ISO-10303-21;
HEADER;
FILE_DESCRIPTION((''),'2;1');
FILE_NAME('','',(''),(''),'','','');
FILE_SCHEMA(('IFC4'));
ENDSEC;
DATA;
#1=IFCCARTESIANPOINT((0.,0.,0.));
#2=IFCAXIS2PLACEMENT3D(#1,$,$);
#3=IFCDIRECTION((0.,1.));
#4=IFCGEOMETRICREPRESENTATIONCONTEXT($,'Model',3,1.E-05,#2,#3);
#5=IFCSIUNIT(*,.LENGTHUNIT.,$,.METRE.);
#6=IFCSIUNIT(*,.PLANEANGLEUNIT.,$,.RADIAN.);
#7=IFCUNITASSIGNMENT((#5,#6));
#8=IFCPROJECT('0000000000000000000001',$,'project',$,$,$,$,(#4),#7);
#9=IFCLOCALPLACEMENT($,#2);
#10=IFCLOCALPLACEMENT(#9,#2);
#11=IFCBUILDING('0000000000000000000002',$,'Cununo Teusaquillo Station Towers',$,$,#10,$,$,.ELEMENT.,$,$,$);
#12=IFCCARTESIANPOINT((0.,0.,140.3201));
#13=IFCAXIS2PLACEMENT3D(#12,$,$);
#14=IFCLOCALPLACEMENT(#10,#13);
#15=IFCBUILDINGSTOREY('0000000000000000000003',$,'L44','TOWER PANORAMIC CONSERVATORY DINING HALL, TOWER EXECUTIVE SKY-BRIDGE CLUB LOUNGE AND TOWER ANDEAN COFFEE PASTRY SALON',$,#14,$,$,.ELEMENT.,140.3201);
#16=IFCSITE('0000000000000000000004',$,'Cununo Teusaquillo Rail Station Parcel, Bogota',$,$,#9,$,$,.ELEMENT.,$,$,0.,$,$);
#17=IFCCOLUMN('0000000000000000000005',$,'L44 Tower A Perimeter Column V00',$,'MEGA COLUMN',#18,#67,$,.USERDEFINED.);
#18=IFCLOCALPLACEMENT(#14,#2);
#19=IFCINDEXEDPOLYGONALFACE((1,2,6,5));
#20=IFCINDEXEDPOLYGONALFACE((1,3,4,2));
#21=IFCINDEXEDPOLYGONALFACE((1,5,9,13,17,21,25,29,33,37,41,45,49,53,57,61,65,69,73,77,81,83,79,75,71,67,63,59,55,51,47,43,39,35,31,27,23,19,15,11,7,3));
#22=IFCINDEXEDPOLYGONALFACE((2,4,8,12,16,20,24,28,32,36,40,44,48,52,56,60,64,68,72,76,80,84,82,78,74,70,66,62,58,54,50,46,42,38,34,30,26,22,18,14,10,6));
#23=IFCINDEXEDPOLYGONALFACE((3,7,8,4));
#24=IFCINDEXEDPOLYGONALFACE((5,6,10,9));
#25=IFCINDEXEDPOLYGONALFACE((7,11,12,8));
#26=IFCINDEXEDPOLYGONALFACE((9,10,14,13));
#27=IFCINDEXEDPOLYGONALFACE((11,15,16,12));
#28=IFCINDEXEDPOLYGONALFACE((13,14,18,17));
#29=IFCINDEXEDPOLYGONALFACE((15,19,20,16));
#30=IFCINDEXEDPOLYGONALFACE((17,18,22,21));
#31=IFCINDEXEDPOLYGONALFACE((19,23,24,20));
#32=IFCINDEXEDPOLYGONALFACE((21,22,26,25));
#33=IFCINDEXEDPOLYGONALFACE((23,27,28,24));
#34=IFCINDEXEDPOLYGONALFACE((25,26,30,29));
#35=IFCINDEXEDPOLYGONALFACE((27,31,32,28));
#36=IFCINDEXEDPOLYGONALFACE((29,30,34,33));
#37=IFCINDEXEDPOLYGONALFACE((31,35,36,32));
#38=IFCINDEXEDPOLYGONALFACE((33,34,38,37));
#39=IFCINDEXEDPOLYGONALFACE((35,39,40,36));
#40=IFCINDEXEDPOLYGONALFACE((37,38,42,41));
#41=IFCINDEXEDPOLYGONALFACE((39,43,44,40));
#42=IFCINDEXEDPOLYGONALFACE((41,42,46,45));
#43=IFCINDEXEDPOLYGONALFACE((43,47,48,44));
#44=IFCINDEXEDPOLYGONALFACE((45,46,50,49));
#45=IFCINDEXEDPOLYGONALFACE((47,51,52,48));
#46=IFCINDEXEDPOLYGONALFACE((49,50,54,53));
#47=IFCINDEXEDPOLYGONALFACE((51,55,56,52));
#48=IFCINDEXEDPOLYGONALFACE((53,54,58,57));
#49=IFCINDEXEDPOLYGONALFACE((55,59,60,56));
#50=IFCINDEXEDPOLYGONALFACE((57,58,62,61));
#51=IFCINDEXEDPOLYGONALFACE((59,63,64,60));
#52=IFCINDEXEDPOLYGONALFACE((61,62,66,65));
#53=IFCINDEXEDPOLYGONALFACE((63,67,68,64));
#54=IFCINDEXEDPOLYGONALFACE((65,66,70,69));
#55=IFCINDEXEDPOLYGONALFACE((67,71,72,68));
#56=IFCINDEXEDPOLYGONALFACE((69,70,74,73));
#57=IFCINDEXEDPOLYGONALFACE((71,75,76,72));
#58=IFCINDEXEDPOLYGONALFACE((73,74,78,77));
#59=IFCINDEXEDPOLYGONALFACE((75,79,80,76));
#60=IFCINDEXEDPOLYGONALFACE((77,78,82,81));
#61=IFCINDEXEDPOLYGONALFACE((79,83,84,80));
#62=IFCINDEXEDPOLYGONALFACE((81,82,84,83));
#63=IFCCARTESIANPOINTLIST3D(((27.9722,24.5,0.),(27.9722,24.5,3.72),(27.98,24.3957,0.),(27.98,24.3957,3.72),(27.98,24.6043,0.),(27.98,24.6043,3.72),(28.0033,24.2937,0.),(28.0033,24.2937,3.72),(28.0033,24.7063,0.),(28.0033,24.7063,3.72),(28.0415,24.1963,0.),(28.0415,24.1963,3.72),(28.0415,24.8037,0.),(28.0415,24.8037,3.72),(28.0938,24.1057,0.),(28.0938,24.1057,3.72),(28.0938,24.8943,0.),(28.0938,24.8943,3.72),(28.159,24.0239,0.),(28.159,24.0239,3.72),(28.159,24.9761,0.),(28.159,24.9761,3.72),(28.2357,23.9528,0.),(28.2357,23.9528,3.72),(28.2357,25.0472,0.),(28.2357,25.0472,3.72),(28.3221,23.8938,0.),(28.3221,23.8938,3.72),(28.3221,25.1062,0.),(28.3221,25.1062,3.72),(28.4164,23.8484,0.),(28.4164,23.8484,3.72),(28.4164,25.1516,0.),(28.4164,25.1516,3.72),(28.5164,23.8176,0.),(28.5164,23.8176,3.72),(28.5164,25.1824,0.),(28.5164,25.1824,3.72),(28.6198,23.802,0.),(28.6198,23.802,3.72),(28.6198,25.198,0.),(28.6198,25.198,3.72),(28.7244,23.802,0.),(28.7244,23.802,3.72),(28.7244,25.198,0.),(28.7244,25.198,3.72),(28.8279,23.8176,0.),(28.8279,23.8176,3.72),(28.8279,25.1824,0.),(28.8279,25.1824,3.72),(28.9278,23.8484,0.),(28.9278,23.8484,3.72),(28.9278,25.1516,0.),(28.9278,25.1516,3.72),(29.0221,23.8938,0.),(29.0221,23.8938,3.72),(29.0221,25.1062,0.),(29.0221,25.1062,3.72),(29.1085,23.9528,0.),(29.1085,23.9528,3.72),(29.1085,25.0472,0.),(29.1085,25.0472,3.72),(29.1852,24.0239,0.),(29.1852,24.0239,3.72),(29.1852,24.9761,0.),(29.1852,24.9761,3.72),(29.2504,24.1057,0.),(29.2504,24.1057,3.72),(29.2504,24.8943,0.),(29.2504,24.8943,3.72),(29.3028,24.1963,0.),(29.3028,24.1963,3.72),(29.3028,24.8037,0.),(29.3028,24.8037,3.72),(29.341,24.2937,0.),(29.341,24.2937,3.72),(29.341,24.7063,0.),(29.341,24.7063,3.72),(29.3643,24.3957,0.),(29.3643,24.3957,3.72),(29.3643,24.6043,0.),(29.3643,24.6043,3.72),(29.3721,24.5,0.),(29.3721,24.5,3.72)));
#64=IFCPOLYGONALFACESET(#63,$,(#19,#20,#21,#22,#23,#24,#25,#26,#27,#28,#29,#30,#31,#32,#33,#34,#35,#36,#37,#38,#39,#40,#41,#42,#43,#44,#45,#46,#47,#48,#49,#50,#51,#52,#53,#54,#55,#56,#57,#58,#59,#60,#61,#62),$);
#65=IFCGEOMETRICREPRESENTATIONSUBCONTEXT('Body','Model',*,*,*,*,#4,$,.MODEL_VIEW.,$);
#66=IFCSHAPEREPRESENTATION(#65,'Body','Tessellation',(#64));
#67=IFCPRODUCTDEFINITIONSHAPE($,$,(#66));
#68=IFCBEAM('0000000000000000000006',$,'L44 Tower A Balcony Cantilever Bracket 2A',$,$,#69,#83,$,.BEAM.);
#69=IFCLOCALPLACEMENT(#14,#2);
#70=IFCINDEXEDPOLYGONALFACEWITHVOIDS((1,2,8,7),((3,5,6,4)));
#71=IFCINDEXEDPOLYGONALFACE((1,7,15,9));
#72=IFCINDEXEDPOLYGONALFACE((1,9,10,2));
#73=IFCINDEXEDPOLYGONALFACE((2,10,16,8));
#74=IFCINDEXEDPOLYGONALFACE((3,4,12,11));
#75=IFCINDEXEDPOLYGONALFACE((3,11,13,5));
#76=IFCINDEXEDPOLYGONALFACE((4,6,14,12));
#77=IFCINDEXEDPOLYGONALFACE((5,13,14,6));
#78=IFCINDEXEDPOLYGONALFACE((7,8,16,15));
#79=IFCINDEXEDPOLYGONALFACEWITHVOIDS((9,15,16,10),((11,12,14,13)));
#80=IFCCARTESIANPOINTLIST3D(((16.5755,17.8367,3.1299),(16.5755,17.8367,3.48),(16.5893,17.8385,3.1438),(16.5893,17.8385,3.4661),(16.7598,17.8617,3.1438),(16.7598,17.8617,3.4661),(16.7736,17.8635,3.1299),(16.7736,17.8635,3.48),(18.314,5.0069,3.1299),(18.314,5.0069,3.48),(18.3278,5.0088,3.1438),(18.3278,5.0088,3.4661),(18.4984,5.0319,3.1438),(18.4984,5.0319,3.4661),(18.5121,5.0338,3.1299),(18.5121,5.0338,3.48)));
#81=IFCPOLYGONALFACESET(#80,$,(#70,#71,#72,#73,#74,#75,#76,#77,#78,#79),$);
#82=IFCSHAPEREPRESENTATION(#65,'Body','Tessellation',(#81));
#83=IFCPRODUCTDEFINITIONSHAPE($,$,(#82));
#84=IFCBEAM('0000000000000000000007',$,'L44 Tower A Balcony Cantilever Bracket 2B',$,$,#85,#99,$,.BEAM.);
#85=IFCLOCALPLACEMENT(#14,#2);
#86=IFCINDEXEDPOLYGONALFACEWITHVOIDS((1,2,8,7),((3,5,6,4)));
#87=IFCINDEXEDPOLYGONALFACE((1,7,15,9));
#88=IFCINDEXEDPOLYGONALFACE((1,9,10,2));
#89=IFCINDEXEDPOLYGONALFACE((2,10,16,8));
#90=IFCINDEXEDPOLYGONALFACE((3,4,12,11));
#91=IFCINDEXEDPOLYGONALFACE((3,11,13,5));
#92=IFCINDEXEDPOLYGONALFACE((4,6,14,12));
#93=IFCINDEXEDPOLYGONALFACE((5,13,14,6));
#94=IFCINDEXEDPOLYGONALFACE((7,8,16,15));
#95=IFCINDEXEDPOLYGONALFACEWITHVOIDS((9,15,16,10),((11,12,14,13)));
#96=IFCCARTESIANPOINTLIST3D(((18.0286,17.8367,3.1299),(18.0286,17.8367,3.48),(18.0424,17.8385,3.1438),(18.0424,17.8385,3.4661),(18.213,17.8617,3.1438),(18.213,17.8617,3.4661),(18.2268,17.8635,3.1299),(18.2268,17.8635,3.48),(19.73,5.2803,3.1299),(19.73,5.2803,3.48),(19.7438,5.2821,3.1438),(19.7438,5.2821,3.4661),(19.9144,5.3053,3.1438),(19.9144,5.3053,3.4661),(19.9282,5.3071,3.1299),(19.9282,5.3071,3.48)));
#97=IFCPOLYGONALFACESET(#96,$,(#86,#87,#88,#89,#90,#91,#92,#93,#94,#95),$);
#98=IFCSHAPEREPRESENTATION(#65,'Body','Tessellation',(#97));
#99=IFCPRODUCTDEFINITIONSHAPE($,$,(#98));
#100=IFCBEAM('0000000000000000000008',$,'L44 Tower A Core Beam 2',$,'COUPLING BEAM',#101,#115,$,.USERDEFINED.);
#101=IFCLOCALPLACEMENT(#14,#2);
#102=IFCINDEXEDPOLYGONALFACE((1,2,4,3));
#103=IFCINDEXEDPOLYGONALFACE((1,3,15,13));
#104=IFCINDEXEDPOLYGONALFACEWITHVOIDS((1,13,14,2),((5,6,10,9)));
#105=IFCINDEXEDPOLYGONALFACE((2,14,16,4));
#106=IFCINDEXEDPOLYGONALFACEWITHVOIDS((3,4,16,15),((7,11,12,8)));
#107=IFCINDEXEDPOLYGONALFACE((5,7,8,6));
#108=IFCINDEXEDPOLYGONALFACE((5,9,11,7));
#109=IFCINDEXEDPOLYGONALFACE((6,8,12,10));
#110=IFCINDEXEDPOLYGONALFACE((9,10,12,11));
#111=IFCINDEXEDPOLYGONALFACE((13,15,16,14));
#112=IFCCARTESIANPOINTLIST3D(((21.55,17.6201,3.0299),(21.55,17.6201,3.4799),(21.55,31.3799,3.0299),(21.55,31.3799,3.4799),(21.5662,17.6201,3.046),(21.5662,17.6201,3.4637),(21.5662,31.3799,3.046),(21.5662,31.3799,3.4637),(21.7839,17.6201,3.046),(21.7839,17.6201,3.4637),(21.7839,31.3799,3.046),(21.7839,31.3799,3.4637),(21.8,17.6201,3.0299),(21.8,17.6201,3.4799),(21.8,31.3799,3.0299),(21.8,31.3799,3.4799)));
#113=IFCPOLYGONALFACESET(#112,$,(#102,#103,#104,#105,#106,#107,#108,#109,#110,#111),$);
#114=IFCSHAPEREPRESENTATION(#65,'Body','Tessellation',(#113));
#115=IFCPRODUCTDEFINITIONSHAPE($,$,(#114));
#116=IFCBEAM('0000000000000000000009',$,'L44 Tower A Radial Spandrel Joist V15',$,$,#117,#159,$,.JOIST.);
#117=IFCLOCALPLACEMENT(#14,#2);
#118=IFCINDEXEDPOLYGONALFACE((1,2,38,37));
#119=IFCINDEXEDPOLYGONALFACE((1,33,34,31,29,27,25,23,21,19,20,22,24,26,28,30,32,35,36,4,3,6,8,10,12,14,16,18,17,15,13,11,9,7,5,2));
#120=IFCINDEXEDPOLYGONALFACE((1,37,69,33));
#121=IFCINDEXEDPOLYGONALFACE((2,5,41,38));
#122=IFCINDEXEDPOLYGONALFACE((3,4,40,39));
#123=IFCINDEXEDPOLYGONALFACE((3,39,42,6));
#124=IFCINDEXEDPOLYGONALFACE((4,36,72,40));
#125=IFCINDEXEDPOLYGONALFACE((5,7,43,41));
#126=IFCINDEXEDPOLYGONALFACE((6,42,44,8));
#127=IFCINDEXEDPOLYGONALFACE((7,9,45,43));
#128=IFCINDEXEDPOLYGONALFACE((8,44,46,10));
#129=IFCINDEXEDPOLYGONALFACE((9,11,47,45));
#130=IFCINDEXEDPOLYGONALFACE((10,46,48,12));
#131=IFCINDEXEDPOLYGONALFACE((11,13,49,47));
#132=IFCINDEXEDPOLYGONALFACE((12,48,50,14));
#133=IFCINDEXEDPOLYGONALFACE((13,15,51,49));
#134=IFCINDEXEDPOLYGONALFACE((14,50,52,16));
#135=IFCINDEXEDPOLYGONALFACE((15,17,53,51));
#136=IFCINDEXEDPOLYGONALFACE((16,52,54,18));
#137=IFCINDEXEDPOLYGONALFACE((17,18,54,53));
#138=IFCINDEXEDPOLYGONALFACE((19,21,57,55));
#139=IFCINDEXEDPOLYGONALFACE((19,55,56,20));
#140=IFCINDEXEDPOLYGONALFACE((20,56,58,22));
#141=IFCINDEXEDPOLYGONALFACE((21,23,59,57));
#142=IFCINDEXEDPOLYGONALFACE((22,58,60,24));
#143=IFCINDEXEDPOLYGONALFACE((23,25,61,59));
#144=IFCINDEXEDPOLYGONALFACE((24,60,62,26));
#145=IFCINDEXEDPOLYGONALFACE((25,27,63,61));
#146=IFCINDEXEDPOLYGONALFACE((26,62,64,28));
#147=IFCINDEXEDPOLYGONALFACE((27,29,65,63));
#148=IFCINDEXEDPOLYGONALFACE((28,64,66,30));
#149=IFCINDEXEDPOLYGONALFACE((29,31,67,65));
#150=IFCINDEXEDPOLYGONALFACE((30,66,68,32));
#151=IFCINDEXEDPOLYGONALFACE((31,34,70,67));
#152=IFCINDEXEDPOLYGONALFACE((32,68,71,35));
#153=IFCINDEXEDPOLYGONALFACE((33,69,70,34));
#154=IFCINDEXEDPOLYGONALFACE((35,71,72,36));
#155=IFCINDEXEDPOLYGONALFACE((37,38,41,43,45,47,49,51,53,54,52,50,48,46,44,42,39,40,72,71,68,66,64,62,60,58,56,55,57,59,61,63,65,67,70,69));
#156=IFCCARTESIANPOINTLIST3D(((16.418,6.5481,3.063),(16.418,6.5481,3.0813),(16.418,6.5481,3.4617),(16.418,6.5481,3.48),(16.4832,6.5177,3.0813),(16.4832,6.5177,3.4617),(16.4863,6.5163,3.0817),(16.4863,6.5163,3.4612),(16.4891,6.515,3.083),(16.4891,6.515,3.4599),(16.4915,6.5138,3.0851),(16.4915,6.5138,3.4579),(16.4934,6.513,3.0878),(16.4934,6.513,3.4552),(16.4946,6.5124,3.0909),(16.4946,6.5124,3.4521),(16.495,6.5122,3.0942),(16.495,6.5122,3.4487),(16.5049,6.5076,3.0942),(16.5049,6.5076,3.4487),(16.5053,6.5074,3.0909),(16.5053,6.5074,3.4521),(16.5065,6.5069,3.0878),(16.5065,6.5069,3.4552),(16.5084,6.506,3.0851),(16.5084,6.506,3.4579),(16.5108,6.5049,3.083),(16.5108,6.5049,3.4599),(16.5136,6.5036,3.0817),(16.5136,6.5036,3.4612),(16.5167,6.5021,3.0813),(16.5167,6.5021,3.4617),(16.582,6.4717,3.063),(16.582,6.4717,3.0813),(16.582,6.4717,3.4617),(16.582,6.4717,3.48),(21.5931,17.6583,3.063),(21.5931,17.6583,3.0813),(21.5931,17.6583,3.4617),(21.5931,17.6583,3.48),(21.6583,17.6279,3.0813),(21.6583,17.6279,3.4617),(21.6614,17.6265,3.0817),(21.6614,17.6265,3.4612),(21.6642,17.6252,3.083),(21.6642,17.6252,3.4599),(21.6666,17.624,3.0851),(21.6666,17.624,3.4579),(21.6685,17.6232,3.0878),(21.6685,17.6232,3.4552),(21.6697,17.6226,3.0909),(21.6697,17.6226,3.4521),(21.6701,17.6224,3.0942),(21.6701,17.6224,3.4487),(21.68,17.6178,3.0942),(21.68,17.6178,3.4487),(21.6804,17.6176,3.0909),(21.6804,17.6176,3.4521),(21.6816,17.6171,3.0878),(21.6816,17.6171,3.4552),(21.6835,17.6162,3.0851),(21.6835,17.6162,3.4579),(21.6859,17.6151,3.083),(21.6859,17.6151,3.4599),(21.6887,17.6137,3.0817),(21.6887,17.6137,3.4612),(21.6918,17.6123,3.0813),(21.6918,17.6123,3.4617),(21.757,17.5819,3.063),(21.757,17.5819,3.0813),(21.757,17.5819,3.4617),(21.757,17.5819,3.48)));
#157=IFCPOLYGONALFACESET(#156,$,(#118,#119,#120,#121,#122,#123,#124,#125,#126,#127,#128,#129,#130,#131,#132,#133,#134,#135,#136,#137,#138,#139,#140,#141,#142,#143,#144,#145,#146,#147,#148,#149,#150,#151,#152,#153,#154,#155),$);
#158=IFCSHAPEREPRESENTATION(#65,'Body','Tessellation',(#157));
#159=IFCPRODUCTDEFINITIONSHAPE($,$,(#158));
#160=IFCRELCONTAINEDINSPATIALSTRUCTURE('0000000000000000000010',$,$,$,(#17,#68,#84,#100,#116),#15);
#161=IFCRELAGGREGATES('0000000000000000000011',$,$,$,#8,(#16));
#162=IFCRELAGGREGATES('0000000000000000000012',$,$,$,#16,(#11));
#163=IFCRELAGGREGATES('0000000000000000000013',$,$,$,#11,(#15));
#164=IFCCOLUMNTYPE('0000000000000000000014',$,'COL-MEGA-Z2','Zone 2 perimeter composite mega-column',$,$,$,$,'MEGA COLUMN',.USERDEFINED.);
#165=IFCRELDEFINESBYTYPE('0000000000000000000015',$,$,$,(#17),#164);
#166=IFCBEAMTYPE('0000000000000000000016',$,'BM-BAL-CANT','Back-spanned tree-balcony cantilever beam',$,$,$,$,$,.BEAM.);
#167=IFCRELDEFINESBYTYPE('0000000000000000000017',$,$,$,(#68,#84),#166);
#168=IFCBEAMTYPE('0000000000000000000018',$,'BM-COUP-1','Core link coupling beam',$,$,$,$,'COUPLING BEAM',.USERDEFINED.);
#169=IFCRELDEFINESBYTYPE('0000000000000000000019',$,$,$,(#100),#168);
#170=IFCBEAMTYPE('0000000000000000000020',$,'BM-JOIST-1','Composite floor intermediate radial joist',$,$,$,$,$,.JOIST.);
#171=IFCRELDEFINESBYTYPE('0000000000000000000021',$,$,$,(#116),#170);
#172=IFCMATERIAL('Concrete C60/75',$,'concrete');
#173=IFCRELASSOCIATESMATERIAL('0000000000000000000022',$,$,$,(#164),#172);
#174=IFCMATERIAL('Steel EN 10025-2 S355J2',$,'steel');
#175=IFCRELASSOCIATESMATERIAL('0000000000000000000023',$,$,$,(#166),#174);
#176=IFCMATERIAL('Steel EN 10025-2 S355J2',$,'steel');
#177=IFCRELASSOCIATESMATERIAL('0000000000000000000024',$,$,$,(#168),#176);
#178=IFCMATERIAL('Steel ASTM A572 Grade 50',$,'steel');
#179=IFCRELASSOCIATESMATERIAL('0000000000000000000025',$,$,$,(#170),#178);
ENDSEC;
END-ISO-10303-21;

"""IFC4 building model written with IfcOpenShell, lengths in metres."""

from ifc_helpers import new_model, si_unit, direction, frame, origin, origin_2d, place, context, subcontext, project, spatial, hollow_rectangle, circle, i_section, extrude, material, material_profile, profile_set, type_object, element, save


model = new_model("IFC4")

# Units and contexts
model_context = context("Model", 3, precision=1e-05, world=origin(), true_north=direction((0.0, 1.0)))
body_context = subcontext(model_context, "Body", "Model", "MODEL_VIEW")
ifc_project = project(units=[si_unit("LENGTHUNIT", "METRE"), si_unit("PLANEANGLEUNIT", "RADIAN")], contexts=[model_context])

# Site, building, storey
site_placement = place(None, origin())
site = spatial("IfcSite", under=ifc_project, at=site_placement, Name="Cununo Teusaquillo Rail Station Parcel, Bogota", CompositionType="ELEMENT", RefElevation=0.0)
building_placement = place(site_placement, origin())
building = spatial("IfcBuilding", under=site, at=building_placement, Name="Cununo Teusaquillo Station Towers", CompositionType="ELEMENT")
storey_placement = place(building_placement, frame((0.0, 0.0, 140.3201)))
storey = spatial("IfcBuildingStorey", under=building, at=storey_placement, Name="L44", Description="TOWER PANORAMIC CONSERVATORY DINING HALL, TOWER EXECUTIVE SKY-BRIDGE CLUB LOUNGE AND TOWER ANDEAN COFFEE PASTRY SALON", CompositionType="ELEMENT", Elevation=140.3201)

# Column
ifc_material_1 = material(Name="Concrete C60/75", Category="concrete")
ifc_material_profile_1 = material_profile(ifc_material_1, circle(Radius=0.7, at=origin_2d()), Name="RC-CIRC-1400")
ifc_profile_set_1 = profile_set([ifc_material_profile_1], Name="Concrete C60/75")
column_type = type_object("IfcColumnType", Name="COL-MEGA-Z2", Description="Zone 2 perimeter composite mega-column", ElementType="MEGA COLUMN", PredefinedType="USERDEFINED", material=ifc_profile_set_1)
column_placement = place(storey_placement, frame((28.6721, 24.5, 0.0), z_axis=(0.0, 0.0, 1.0), x_axis=(1.0, 0.0, 0.0)))
element("IfcColumn", 1, at=column_placement, inside=storey, type_object=column_type, Name="L44 Tower A Perimeter Column V00", ObjectType="MEGA COLUMN", PredefinedType="USERDEFINED", context=body_context, shape_type="SweptSolid", body=[
    extrude(circle(Radius=0.7, at=origin_2d()), origin(), (0.0, 0.0, 1.0), 3.72),
])

# Beams
ifc_material_2 = material(Name="Steel EN 10025-2 S355J2", Category="steel")
ifc_material_profile_2 = material_profile(ifc_material_2, hollow_rectangle(XDim=0.2, YDim=0.3501, WallThickness=0.0139, at=origin_2d()), Name="RHS 350x200x14")
ifc_profile_set_2 = profile_set([ifc_material_profile_2], Name="Steel EN 10025-2 S355J2")
beam_type_1 = type_object("IfcBeamType", Name="BM-BAL-CANT", Description="Back-spanned tree-balcony cantilever beam", PredefinedType="BEAM", material=ifc_profile_set_2)
beam_1_placement = place(storey_placement, frame((16.6746, 17.8501, 3.3049), z_axis=(0.134279, -0.990944, 0.0), x_axis=(0.990944, 0.134279, 0.0)))
element("IfcBeam", 2, at=beam_1_placement, inside=storey, type_object=beam_type_1, Name="L44 Tower A Balcony Cantilever Bracket 2A", PredefinedType="BEAM", context=body_context, shape_type="SweptSolid", body=[
    extrude(hollow_rectangle(XDim=0.2, YDim=0.3501, WallThickness=0.0139, at=origin_2d()), origin(), (0.0, 0.0, 1.0), 12.947),
])
beam_2_placement = place(storey_placement, frame((18.1277, 17.8501, 3.3049), z_axis=(0.134275, -0.990944, 0.0), x_axis=(0.990944, 0.134275, 0.0)))
element("IfcBeam", 3, at=beam_2_placement, inside=storey, type_object=beam_type_1, Name="L44 Tower A Balcony Cantilever Bracket 2B", PredefinedType="BEAM", context=body_context, shape_type="SweptSolid", body=[
    extrude(hollow_rectangle(XDim=0.2, YDim=0.3501, WallThickness=0.0139, at=origin_2d()), origin(), (0.0, 0.0, 1.0), 12.6711),
])
ifc_material_3 = material(Name="Steel EN 10025-2 S355J2", Category="steel")
ifc_material_profile_3 = material_profile(ifc_material_3, hollow_rectangle(XDim=0.25, YDim=0.45, WallThickness=0.0161, at=origin_2d()), Name="RHS 450x250x16")
ifc_profile_set_3 = profile_set([ifc_material_profile_3], Name="Steel EN 10025-2 S355J2")
beam_type_2 = type_object("IfcBeamType", Name="BM-COUP-1", Description="Core link coupling beam", ElementType="COUPLING BEAM", PredefinedType="USERDEFINED", material=ifc_profile_set_3)
beam_3_placement = place(storey_placement, frame((21.675, 17.6201, 3.2549), z_axis=(0.0, 1.0, 0.0), x_axis=(-1.0, 0.0, 0.0)))
element("IfcBeam", 4, at=beam_3_placement, inside=storey, type_object=beam_type_2, Name="L44 Tower A Core Beam 2", ObjectType="COUPLING BEAM", PredefinedType="USERDEFINED", context=body_context, shape_type="SweptSolid", body=[
    extrude(hollow_rectangle(XDim=0.25, YDim=0.45, WallThickness=0.0161, at=origin_2d()), origin(), (0.0, 0.0, 1.0), 13.7598),
])
ifc_material_4 = material(Name="Steel ASTM A572 Grade 50", Category="steel")
ifc_material_profile_4 = material_profile(ifc_material_4, i_section(OverallWidth=0.1809, OverallDepth=0.417, WebThickness=0.011, FlangeThickness=0.0183, FilletRadius=0.0129, at=origin_2d()), Name="W16X57")
ifc_profile_set_4 = profile_set([ifc_material_profile_4], Name="Steel ASTM A572 Grade 50")
beam_type_3 = type_object("IfcBeamType", Name="BM-JOIST-1", Description="Composite floor intermediate radial joist", PredefinedType="JOIST", material=ifc_profile_set_4)
beam_4_placement = place(storey_placement, frame((21.675, 17.6201, 3.2715), z_axis=(-0.422238, -0.906485, 0.0), x_axis=(0.906485, -0.422238, 0.0)))
element("IfcBeam", 5, at=beam_4_placement, inside=storey, type_object=beam_type_3, Name="L44 Tower A Radial Spandrel Joist V15", PredefinedType="JOIST", context=body_context, shape_type="SweptSolid", body=[
    extrude(i_section(OverallWidth=0.1809, OverallDepth=0.417, WebThickness=0.011, FlangeThickness=0.0183, FilletRadius=0.0129, at=origin_2d()), origin(), (0.0, 0.0, 1.0), 12.2563),
])

save(model, "model.ifc")
